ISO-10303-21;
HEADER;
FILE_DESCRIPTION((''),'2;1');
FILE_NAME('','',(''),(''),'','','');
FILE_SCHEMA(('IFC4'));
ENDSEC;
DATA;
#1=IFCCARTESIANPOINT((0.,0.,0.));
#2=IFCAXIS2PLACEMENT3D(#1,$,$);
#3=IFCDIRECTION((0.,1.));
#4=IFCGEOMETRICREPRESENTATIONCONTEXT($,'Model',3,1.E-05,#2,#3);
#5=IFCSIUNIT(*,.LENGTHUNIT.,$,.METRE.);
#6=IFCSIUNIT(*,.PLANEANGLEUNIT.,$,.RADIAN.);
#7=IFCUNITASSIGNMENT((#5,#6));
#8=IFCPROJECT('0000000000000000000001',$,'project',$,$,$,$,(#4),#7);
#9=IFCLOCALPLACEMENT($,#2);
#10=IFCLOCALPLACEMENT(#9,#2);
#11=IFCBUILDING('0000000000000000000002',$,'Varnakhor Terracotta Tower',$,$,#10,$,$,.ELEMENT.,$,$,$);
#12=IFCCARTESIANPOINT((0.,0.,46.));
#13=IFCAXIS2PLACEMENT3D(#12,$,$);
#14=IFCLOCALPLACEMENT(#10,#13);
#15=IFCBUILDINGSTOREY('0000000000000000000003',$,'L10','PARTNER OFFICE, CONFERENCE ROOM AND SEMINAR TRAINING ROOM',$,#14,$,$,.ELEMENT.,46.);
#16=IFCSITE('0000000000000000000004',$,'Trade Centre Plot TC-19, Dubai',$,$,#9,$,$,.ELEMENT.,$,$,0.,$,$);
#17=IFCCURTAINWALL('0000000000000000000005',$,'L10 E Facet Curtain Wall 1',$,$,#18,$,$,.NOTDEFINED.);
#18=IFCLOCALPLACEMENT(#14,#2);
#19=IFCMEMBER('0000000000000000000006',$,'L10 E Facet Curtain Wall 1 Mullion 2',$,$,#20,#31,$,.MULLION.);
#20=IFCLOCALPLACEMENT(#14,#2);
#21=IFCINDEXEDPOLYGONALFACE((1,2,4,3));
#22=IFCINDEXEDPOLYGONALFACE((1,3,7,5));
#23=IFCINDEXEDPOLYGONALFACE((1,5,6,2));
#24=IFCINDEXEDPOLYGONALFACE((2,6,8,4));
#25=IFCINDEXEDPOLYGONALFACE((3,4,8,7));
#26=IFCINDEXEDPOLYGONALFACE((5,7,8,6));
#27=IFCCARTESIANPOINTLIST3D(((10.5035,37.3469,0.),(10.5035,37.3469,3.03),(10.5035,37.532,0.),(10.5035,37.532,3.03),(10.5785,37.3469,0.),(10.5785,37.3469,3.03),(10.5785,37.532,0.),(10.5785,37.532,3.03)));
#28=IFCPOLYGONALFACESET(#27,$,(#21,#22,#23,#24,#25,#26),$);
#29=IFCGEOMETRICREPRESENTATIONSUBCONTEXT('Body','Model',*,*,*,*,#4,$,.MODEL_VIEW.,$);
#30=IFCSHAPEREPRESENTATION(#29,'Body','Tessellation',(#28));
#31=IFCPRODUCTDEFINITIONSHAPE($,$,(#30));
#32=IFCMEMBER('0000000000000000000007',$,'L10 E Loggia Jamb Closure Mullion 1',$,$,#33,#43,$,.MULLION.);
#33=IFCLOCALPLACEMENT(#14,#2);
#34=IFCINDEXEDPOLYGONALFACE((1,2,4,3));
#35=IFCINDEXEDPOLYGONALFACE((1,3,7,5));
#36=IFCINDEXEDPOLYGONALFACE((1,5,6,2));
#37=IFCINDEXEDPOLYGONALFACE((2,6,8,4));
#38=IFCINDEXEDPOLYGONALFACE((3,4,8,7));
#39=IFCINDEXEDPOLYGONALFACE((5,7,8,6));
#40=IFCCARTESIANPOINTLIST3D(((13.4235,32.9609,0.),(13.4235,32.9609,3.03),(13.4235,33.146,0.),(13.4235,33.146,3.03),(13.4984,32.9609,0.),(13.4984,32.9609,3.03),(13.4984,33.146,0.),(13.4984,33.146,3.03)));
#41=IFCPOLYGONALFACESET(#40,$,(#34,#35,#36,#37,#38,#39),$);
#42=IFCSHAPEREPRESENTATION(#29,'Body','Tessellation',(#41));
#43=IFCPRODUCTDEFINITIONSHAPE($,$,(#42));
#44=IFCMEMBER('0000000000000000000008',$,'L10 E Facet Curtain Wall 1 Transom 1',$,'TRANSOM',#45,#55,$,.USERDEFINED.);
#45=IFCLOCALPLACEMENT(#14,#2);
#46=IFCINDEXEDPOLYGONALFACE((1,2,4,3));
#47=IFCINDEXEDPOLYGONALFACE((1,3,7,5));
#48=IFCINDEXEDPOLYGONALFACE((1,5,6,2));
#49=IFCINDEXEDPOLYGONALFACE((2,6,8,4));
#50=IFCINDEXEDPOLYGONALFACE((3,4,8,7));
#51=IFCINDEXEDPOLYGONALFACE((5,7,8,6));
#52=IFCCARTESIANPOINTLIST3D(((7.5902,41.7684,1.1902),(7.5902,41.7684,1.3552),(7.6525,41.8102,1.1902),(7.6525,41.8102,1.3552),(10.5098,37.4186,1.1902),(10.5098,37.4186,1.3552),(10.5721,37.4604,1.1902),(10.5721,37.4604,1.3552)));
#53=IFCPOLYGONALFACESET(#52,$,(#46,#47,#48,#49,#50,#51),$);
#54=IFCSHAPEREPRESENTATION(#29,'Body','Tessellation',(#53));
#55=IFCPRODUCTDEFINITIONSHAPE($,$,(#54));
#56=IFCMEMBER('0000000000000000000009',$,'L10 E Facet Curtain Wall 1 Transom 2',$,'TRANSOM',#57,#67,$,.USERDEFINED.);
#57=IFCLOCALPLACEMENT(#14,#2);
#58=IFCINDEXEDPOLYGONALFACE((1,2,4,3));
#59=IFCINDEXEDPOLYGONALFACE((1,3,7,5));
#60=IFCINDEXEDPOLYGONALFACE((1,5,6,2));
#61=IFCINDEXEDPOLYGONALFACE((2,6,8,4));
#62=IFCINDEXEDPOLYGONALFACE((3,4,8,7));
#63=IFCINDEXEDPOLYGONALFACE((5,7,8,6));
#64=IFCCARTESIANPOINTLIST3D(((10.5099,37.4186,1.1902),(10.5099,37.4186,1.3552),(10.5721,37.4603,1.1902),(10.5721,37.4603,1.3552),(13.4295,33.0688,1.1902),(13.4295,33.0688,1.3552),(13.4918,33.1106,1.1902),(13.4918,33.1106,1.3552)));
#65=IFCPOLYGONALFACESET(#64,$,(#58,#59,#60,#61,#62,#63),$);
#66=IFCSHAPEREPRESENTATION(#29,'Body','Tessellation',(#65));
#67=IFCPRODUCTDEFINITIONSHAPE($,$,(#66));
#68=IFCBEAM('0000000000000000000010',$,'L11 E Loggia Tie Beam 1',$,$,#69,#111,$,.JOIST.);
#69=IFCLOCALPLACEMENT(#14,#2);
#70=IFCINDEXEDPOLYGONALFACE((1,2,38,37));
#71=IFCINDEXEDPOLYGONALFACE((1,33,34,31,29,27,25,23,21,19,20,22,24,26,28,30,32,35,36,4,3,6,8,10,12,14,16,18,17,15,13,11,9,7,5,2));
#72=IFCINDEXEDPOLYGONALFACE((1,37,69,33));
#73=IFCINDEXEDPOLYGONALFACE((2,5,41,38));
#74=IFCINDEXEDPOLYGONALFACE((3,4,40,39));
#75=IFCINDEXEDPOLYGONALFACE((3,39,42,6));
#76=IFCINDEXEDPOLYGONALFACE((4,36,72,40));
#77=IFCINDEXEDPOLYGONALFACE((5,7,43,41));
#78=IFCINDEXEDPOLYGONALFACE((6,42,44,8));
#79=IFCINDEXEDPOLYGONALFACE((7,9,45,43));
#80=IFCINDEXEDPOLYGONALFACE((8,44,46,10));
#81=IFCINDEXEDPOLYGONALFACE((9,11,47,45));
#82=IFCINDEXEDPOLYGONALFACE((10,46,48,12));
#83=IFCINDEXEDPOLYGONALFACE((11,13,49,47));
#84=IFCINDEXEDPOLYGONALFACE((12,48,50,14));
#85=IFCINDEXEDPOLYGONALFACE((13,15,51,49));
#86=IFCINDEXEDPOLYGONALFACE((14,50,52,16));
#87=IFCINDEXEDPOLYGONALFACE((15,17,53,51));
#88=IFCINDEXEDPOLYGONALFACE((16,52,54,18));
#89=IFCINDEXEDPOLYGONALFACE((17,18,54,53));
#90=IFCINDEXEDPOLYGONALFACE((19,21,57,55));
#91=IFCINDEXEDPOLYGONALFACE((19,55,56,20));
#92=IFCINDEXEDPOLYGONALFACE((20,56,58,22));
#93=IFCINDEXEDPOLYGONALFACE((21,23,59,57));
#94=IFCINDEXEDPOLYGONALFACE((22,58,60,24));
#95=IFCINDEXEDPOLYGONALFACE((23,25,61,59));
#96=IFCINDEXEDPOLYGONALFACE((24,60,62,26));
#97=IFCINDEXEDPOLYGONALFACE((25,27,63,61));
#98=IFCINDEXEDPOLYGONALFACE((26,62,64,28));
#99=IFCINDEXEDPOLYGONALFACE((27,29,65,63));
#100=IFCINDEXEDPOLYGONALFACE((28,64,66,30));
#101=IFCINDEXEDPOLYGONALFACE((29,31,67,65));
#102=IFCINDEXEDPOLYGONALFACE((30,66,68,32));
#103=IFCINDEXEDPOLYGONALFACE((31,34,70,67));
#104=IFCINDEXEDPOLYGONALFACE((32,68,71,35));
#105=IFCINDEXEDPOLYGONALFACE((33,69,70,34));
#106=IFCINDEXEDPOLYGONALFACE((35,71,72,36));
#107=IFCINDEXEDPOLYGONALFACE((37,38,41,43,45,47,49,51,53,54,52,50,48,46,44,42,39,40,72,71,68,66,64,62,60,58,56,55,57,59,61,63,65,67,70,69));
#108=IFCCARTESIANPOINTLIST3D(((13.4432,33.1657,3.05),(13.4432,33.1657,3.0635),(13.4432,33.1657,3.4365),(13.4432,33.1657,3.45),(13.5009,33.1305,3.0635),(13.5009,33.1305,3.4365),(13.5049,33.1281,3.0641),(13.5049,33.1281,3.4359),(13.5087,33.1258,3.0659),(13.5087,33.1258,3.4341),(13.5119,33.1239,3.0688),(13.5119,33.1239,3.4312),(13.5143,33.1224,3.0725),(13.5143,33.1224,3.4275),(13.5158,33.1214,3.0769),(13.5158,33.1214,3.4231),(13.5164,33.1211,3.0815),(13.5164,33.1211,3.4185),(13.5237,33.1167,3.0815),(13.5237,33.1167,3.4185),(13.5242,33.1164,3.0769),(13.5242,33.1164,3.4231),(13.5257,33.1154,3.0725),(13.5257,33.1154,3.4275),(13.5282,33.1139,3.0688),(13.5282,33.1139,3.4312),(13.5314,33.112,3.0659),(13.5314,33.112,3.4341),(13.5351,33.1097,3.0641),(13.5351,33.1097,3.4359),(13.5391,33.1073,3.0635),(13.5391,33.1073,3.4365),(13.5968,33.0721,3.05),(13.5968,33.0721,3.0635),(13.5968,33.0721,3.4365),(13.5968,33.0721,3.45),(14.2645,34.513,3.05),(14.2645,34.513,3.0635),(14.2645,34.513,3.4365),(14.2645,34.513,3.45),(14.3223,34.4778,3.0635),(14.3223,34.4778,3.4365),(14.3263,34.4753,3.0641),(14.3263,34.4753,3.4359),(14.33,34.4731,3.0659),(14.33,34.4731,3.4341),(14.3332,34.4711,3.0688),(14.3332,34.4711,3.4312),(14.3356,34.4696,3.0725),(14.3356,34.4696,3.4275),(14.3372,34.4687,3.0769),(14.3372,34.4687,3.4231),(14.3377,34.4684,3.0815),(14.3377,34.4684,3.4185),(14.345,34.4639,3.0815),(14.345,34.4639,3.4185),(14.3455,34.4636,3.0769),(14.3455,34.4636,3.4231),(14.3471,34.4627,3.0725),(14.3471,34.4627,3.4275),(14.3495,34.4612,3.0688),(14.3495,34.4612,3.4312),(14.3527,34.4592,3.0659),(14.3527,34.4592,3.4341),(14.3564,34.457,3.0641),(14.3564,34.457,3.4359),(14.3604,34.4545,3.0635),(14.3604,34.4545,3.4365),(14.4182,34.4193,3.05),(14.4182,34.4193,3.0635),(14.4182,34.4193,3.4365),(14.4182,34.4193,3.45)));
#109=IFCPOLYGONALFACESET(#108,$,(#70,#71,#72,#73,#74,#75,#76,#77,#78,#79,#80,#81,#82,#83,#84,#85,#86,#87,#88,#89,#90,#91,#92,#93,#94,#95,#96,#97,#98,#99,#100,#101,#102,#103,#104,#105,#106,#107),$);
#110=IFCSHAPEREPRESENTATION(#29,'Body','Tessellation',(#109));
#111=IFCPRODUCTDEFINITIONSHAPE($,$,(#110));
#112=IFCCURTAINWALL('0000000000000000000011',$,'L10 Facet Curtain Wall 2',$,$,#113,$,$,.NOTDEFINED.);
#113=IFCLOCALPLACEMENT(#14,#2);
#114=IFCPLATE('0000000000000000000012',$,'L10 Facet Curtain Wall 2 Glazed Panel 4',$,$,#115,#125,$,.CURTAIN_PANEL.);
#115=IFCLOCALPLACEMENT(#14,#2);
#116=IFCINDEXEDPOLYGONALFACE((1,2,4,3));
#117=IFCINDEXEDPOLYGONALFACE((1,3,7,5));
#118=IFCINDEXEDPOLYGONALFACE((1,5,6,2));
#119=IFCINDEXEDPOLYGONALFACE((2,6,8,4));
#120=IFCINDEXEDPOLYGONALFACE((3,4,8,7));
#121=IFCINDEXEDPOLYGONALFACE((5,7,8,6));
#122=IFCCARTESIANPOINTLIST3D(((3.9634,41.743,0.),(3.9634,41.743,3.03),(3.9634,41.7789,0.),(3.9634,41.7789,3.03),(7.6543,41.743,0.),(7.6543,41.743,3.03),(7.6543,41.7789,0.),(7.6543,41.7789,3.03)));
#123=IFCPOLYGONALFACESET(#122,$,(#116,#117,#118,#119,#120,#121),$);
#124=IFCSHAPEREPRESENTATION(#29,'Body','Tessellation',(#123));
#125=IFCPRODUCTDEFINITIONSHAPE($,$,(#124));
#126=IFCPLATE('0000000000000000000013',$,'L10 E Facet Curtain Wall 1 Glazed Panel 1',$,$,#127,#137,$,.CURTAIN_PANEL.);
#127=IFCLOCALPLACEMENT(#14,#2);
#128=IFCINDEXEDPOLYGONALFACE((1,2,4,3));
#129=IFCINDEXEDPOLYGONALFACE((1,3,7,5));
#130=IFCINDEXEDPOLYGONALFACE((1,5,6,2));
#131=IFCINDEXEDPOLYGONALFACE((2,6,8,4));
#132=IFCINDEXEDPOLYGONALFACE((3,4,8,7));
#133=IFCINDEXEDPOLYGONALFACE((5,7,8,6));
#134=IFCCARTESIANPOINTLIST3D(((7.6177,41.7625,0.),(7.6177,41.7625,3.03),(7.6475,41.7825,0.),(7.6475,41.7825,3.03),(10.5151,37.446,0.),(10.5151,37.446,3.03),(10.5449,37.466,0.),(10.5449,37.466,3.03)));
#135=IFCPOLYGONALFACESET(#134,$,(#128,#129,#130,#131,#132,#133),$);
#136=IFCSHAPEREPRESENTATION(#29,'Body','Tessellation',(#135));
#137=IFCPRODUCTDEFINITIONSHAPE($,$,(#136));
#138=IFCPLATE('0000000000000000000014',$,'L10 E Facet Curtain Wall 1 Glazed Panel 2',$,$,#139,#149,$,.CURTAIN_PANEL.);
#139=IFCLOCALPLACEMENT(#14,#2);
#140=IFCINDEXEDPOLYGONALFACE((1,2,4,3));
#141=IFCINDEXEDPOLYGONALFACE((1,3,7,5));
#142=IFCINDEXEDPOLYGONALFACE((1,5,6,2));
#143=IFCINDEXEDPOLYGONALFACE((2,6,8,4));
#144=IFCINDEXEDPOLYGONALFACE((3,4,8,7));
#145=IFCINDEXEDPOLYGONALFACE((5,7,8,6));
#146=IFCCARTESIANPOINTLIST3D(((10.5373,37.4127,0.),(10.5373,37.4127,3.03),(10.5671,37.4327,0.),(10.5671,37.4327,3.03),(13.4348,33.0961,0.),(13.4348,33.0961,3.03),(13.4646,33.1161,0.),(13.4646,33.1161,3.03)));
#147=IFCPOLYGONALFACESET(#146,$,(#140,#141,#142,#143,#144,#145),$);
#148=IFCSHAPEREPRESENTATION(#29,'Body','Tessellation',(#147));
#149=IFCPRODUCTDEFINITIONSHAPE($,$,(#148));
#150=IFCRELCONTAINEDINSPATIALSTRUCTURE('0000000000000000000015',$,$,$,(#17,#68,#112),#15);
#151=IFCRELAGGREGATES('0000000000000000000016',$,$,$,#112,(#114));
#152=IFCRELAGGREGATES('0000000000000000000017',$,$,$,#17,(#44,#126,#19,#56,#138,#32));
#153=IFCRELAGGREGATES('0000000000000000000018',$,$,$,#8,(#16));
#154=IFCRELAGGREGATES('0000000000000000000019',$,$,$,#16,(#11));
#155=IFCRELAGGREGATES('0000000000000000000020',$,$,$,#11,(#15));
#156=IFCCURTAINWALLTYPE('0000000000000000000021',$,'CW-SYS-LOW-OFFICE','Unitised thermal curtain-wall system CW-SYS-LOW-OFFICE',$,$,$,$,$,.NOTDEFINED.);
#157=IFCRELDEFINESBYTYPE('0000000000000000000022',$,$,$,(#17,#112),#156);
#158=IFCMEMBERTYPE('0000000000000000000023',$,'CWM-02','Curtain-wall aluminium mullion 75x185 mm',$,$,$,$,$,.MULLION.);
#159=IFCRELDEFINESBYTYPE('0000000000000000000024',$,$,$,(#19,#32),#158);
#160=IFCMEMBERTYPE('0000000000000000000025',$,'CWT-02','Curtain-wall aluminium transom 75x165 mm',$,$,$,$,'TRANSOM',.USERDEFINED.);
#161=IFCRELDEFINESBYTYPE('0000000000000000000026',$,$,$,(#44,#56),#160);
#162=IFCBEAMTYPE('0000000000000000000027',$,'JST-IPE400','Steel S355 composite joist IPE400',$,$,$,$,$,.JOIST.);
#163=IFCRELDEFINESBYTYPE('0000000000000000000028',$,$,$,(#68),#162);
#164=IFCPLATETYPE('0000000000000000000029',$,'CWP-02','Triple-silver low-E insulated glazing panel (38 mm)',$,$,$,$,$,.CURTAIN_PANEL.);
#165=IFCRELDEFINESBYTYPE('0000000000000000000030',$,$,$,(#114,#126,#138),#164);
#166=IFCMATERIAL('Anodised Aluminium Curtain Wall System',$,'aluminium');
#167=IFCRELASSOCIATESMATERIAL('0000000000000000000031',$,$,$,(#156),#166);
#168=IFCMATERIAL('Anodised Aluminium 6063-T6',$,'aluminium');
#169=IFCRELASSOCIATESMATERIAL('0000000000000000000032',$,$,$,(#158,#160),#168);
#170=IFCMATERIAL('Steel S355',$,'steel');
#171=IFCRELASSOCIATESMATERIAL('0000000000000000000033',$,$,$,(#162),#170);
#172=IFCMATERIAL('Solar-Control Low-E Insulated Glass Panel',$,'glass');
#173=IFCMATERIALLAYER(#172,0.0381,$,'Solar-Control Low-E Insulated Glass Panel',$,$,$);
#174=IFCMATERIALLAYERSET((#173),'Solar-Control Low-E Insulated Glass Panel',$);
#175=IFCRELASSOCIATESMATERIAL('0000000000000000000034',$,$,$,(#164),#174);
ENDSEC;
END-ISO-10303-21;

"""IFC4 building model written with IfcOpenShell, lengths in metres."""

from ifc_helpers import new_model, si_unit, direction, frame, origin, origin_2d, place, context, subcontext, project, spatial, rectangle, i_section, extrude, source, transform, mapped, material, layer, layer_set, material_profile, profile_set, type_object, type_shapes, element, aggregate, save


model = new_model("IFC4")

# Units and contexts
model_context = context("Model", 3, precision=1e-05, world=origin(), true_north=direction((0.0, 1.0)))
body_context = subcontext(model_context, "Body", "Model", "MODEL_VIEW")
ifc_project = project(units=[si_unit("LENGTHUNIT", "METRE"), si_unit("PLANEANGLEUNIT", "RADIAN")], contexts=[model_context])

# Site, building, storey
site_placement = place(None, origin())
site = spatial("IfcSite", under=ifc_project, at=site_placement, Name="Trade Centre Plot TC-19, Dubai", CompositionType="ELEMENT", RefElevation=0.0)
building_placement = place(site_placement, origin())
building = spatial("IfcBuilding", under=site, at=building_placement, Name="Varnakhor Terracotta Tower", CompositionType="ELEMENT")
storey_placement = place(building_placement, frame((0.0, 0.0, 46.0)))
storey = spatial("IfcBuildingStorey", under=building, at=storey_placement, Name="L10", Description="PARTNER OFFICE, CONFERENCE ROOM AND SEMINAR TRAINING ROOM", CompositionType="ELEMENT", Elevation=46.0)

# Shared definitions
ifc_material_1 = material(Name="Steel S355", Category="steel")

# Curtain wall, members
ifc_material_2 = material(Name="Anodised Aluminium Curtain Wall System", Category="aluminium")
curtain_wall_type = type_object("IfcCurtainWallType", Name="CW-SYS-LOW-OFFICE", Description="Unitised thermal curtain-wall system CW-SYS-LOW-OFFICE", PredefinedType="NOTDEFINED", material=ifc_material_2)
curtain_wall_1_placement = place(storey_placement, origin())
curtain_wall_1 = element("IfcCurtainWall", 1, at=curtain_wall_1_placement, inside=storey, type_object=curtain_wall_type, Name="L10 E Facet Curtain Wall 1", PredefinedType="NOTDEFINED")
ifc_material_3 = material(Name="Anodised Aluminium 6063-T6", Category="aluminium")
ifc_material_profile_1 = material_profile(ifc_material_3, rectangle(XDim=0.075, YDim=0.1851, at=origin_2d()), Name="ALU MULLION 75x185")
ifc_profile_set_1 = profile_set([ifc_material_profile_1], Name="Anodised Aluminium 6063-T6")
member_type_1 = type_object("IfcMemberType", Name="CWM-02", Description="Curtain-wall aluminium mullion 75x185 mm", PredefinedType="MULLION", material=ifc_profile_set_1)
shared_shape_1 = source(origin(), body_context, "Body", "SweptSolid", [
    extrude(rectangle(XDim=0.075, YDim=0.1851, at=origin_2d()), origin(), (0.0, 0.0, 1.0), 3.03),
])
type_shapes(member_type_1, [shared_shape_1])
member_1_placement = place(storey_placement, frame((10.541, 37.4395, 0.0), z_axis=(0.0, 0.0, 1.0), x_axis=(1.0, 0.0, 0.0)))
member_1 = element("IfcMember", 2, at=member_1_placement, type_object=member_type_1, Name="L10 E Facet Curtain Wall 1 Mullion 2", PredefinedType="MULLION", context=body_context, shape_type="MappedRepresentation", body=[
    mapped(shared_shape_1, transform((0.0, 0.0, 0.0), scale=1.0)),
])
member_2_placement = place(storey_placement, frame((13.4609, 33.0535, 0.0), z_axis=(0.0, 0.0, 1.0), x_axis=(1.0, 0.0, 0.0)))
member_2 = element("IfcMember", 3, at=member_2_placement, type_object=member_type_1, Name="L10 E Loggia Jamb Closure Mullion 1", PredefinedType="MULLION", context=body_context, shape_type="MappedRepresentation", body=[
    mapped(shared_shape_1, transform((0.0, 0.0, 0.0), scale=1.0)),
])
ifc_material_profile_2 = material_profile(ifc_material_3, rectangle(XDim=0.075, YDim=0.165, at=origin_2d()), Name="ALU TRANSOM 75x165")
ifc_profile_set_2 = profile_set([ifc_material_profile_2], Name="Anodised Aluminium 6063-T6")
member_type_2 = type_object("IfcMemberType", Name="CWT-02", Description="Curtain-wall aluminium transom 75x165 mm", ElementType="TRANSOM", PredefinedType="USERDEFINED", material=ifc_profile_set_2)
shared_shape_2 = source(origin(), body_context, "Body", "SweptSolid", [
    extrude(rectangle(XDim=0.075, YDim=0.165, at=origin_2d()), origin(), (0.0, 0.0, 1.0), 5.2388),
])
member_3_placement = place(storey_placement, frame((7.6213, 41.7893, 1.2727), z_axis=(0.557311, -0.830304, 0.0), x_axis=(0.830304, 0.557311, 0.0)))
member_3 = element("IfcMember", 4, at=member_3_placement, type_object=member_type_2, Name="L10 E Facet Curtain Wall 1 Transom 1", ObjectType="TRANSOM", PredefinedType="USERDEFINED", context=body_context, shape_type="MappedRepresentation", body=[
    mapped(shared_shape_2, transform((0.0, 0.0, 0.0), scale=1.0)),
])
member_4_placement = place(storey_placement, frame((10.541, 37.4395, 1.2727), z_axis=(0.557311, -0.830304, 0.0), x_axis=(0.830304, 0.557311, 0.0)))
member_4 = element("IfcMember", 5, at=member_4_placement, type_object=member_type_2, Name="L10 E Facet Curtain Wall 1 Transom 2", ObjectType="TRANSOM", PredefinedType="USERDEFINED", context=body_context, shape_type="MappedRepresentation", body=[
    mapped(shared_shape_2, transform((0.0, 0.0, 0.0), scale=1.0)),
])

# Beam
ifc_material_profile_3 = material_profile(ifc_material_1, i_section(OverallWidth=0.1799, OverallDepth=0.3999, WebThickness=0.0085, FlangeThickness=0.0134, FilletRadius=0.0181, at=origin_2d()), Name="IPE400")
ifc_profile_set_3 = profile_set([ifc_material_profile_3], Name="Steel S355")
beam_type_1 = type_object("IfcBeamType", Name="JST-IPE400", Description="Steel S355 composite joist IPE400", PredefinedType="JOIST", material=ifc_profile_set_3)
shared_shape_3 = source(origin(), body_context, "Body", "SweptSolid", [
    extrude(i_section(OverallWidth=0.1799, OverallDepth=0.3999, WebThickness=0.0085, FlangeThickness=0.0134, FilletRadius=0.0181, at=origin_2d()), origin(), (0.0, 0.0, 1.0), 1.5779),
])
beam_1_placement = place(storey_placement, frame((13.52, 33.1189, 3.25), z_axis=(0.520536, 0.85384, 0.0), x_axis=(-0.85384, 0.520536, 0.0)))
element("IfcBeam", 6, at=beam_1_placement, inside=storey, type_object=beam_type_1, Name="L11 E Loggia Tie Beam 1", PredefinedType="JOIST", context=body_context, shape_type="MappedRepresentation", body=[
    mapped(shared_shape_3, transform((0.0, 0.0, 0.0), scale=1.0)),
])

# Curtain wall, plate
curtain_wall_2_placement = place(storey_placement, origin())
curtain_wall_2 = element("IfcCurtainWall", 7, at=curtain_wall_2_placement, inside=storey, type_object=curtain_wall_type, Name="L10 Facet Curtain Wall 2", PredefinedType="NOTDEFINED")
ifc_material_4 = material(Name="Solar-Control Low-E Insulated Glass Panel", Category="glass")
ifc_layer_1 = layer(ifc_material_4, 0.0381, Name="Solar-Control Low-E Insulated Glass Panel")
ifc_layer_set_1 = layer_set([ifc_layer_1], Name="Solar-Control Low-E Insulated Glass Panel")
plate_type = type_object("IfcPlateType", Name="CWP-02", Description="Triple-silver low-E insulated glazing panel (38 mm)", PredefinedType="CURTAIN_PANEL", material=ifc_layer_set_1)
shared_shape_4 = source(origin(), body_context, "Body", "SweptSolid", [
    extrude(rectangle(XDim=3.6909, YDim=0.0359, at=origin_2d()), origin(), (0.0, 0.0, 1.0), 3.03),
])
plate_1_placement = place(storey_placement, frame((5.8088, 41.761, 0.0), z_axis=(0.0, 0.0, 1.0), x_axis=(1.0, 0.0, 0.0)))
plate_1 = element("IfcPlate", 8, at=plate_1_placement, type_object=plate_type, Name="L10 Facet Curtain Wall 2 Glazed Panel 4", PredefinedType="CURTAIN_PANEL", context=body_context, shape_type="MappedRepresentation", body=[
    mapped(shared_shape_4, transform((0.0, 0.0, 0.0), scale=1.0)),
])
aggregate(curtain_wall_2, [plate_1])

# Plates
shared_shape_5 = source(origin(), body_context, "Body", "SweptSolid", [
    extrude(rectangle(XDim=5.1987, YDim=0.0359, at=origin_2d()), origin(), (0.0, 0.0, 1.0), 3.03),
])
plate_2_placement = place(storey_placement, frame((9.0813, 39.6143, 0.0), z_axis=(0.0, 0.0, 1.0), x_axis=(0.557325, -0.830294, 0.0)))
plate_2 = element("IfcPlate", 9, at=plate_2_placement, type_object=plate_type, Name="L10 E Facet Curtain Wall 1 Glazed Panel 1", PredefinedType="CURTAIN_PANEL", context=body_context, shape_type="MappedRepresentation", body=[
    mapped(shared_shape_5, transform((0.0, 0.0, 0.0), scale=1.0)),
])
shared_shape_6 = source(origin(), body_context, "Body", "SweptSolid", [
    extrude(rectangle(XDim=5.199, YDim=0.0359, at=origin_2d()), origin(), (0.0, 0.0, 1.0), 3.03),
])
plate_3_placement = place(storey_placement, frame((12.001, 35.2644, 0.0), z_axis=(0.0, 0.0, 1.0), x_axis=(0.557325, -0.830294, 0.0)))
plate_3 = element("IfcPlate", 10, at=plate_3_placement, type_object=plate_type, Name="L10 E Facet Curtain Wall 1 Glazed Panel 2", PredefinedType="CURTAIN_PANEL", context=body_context, shape_type="MappedRepresentation", body=[
    mapped(shared_shape_6, transform((0.0, 0.0, 0.0), scale=1.0)),
])
aggregate(curtain_wall_1, [member_3, plate_2, member_1, member_4, plate_3, member_2])

save(model, "model.ifc")
